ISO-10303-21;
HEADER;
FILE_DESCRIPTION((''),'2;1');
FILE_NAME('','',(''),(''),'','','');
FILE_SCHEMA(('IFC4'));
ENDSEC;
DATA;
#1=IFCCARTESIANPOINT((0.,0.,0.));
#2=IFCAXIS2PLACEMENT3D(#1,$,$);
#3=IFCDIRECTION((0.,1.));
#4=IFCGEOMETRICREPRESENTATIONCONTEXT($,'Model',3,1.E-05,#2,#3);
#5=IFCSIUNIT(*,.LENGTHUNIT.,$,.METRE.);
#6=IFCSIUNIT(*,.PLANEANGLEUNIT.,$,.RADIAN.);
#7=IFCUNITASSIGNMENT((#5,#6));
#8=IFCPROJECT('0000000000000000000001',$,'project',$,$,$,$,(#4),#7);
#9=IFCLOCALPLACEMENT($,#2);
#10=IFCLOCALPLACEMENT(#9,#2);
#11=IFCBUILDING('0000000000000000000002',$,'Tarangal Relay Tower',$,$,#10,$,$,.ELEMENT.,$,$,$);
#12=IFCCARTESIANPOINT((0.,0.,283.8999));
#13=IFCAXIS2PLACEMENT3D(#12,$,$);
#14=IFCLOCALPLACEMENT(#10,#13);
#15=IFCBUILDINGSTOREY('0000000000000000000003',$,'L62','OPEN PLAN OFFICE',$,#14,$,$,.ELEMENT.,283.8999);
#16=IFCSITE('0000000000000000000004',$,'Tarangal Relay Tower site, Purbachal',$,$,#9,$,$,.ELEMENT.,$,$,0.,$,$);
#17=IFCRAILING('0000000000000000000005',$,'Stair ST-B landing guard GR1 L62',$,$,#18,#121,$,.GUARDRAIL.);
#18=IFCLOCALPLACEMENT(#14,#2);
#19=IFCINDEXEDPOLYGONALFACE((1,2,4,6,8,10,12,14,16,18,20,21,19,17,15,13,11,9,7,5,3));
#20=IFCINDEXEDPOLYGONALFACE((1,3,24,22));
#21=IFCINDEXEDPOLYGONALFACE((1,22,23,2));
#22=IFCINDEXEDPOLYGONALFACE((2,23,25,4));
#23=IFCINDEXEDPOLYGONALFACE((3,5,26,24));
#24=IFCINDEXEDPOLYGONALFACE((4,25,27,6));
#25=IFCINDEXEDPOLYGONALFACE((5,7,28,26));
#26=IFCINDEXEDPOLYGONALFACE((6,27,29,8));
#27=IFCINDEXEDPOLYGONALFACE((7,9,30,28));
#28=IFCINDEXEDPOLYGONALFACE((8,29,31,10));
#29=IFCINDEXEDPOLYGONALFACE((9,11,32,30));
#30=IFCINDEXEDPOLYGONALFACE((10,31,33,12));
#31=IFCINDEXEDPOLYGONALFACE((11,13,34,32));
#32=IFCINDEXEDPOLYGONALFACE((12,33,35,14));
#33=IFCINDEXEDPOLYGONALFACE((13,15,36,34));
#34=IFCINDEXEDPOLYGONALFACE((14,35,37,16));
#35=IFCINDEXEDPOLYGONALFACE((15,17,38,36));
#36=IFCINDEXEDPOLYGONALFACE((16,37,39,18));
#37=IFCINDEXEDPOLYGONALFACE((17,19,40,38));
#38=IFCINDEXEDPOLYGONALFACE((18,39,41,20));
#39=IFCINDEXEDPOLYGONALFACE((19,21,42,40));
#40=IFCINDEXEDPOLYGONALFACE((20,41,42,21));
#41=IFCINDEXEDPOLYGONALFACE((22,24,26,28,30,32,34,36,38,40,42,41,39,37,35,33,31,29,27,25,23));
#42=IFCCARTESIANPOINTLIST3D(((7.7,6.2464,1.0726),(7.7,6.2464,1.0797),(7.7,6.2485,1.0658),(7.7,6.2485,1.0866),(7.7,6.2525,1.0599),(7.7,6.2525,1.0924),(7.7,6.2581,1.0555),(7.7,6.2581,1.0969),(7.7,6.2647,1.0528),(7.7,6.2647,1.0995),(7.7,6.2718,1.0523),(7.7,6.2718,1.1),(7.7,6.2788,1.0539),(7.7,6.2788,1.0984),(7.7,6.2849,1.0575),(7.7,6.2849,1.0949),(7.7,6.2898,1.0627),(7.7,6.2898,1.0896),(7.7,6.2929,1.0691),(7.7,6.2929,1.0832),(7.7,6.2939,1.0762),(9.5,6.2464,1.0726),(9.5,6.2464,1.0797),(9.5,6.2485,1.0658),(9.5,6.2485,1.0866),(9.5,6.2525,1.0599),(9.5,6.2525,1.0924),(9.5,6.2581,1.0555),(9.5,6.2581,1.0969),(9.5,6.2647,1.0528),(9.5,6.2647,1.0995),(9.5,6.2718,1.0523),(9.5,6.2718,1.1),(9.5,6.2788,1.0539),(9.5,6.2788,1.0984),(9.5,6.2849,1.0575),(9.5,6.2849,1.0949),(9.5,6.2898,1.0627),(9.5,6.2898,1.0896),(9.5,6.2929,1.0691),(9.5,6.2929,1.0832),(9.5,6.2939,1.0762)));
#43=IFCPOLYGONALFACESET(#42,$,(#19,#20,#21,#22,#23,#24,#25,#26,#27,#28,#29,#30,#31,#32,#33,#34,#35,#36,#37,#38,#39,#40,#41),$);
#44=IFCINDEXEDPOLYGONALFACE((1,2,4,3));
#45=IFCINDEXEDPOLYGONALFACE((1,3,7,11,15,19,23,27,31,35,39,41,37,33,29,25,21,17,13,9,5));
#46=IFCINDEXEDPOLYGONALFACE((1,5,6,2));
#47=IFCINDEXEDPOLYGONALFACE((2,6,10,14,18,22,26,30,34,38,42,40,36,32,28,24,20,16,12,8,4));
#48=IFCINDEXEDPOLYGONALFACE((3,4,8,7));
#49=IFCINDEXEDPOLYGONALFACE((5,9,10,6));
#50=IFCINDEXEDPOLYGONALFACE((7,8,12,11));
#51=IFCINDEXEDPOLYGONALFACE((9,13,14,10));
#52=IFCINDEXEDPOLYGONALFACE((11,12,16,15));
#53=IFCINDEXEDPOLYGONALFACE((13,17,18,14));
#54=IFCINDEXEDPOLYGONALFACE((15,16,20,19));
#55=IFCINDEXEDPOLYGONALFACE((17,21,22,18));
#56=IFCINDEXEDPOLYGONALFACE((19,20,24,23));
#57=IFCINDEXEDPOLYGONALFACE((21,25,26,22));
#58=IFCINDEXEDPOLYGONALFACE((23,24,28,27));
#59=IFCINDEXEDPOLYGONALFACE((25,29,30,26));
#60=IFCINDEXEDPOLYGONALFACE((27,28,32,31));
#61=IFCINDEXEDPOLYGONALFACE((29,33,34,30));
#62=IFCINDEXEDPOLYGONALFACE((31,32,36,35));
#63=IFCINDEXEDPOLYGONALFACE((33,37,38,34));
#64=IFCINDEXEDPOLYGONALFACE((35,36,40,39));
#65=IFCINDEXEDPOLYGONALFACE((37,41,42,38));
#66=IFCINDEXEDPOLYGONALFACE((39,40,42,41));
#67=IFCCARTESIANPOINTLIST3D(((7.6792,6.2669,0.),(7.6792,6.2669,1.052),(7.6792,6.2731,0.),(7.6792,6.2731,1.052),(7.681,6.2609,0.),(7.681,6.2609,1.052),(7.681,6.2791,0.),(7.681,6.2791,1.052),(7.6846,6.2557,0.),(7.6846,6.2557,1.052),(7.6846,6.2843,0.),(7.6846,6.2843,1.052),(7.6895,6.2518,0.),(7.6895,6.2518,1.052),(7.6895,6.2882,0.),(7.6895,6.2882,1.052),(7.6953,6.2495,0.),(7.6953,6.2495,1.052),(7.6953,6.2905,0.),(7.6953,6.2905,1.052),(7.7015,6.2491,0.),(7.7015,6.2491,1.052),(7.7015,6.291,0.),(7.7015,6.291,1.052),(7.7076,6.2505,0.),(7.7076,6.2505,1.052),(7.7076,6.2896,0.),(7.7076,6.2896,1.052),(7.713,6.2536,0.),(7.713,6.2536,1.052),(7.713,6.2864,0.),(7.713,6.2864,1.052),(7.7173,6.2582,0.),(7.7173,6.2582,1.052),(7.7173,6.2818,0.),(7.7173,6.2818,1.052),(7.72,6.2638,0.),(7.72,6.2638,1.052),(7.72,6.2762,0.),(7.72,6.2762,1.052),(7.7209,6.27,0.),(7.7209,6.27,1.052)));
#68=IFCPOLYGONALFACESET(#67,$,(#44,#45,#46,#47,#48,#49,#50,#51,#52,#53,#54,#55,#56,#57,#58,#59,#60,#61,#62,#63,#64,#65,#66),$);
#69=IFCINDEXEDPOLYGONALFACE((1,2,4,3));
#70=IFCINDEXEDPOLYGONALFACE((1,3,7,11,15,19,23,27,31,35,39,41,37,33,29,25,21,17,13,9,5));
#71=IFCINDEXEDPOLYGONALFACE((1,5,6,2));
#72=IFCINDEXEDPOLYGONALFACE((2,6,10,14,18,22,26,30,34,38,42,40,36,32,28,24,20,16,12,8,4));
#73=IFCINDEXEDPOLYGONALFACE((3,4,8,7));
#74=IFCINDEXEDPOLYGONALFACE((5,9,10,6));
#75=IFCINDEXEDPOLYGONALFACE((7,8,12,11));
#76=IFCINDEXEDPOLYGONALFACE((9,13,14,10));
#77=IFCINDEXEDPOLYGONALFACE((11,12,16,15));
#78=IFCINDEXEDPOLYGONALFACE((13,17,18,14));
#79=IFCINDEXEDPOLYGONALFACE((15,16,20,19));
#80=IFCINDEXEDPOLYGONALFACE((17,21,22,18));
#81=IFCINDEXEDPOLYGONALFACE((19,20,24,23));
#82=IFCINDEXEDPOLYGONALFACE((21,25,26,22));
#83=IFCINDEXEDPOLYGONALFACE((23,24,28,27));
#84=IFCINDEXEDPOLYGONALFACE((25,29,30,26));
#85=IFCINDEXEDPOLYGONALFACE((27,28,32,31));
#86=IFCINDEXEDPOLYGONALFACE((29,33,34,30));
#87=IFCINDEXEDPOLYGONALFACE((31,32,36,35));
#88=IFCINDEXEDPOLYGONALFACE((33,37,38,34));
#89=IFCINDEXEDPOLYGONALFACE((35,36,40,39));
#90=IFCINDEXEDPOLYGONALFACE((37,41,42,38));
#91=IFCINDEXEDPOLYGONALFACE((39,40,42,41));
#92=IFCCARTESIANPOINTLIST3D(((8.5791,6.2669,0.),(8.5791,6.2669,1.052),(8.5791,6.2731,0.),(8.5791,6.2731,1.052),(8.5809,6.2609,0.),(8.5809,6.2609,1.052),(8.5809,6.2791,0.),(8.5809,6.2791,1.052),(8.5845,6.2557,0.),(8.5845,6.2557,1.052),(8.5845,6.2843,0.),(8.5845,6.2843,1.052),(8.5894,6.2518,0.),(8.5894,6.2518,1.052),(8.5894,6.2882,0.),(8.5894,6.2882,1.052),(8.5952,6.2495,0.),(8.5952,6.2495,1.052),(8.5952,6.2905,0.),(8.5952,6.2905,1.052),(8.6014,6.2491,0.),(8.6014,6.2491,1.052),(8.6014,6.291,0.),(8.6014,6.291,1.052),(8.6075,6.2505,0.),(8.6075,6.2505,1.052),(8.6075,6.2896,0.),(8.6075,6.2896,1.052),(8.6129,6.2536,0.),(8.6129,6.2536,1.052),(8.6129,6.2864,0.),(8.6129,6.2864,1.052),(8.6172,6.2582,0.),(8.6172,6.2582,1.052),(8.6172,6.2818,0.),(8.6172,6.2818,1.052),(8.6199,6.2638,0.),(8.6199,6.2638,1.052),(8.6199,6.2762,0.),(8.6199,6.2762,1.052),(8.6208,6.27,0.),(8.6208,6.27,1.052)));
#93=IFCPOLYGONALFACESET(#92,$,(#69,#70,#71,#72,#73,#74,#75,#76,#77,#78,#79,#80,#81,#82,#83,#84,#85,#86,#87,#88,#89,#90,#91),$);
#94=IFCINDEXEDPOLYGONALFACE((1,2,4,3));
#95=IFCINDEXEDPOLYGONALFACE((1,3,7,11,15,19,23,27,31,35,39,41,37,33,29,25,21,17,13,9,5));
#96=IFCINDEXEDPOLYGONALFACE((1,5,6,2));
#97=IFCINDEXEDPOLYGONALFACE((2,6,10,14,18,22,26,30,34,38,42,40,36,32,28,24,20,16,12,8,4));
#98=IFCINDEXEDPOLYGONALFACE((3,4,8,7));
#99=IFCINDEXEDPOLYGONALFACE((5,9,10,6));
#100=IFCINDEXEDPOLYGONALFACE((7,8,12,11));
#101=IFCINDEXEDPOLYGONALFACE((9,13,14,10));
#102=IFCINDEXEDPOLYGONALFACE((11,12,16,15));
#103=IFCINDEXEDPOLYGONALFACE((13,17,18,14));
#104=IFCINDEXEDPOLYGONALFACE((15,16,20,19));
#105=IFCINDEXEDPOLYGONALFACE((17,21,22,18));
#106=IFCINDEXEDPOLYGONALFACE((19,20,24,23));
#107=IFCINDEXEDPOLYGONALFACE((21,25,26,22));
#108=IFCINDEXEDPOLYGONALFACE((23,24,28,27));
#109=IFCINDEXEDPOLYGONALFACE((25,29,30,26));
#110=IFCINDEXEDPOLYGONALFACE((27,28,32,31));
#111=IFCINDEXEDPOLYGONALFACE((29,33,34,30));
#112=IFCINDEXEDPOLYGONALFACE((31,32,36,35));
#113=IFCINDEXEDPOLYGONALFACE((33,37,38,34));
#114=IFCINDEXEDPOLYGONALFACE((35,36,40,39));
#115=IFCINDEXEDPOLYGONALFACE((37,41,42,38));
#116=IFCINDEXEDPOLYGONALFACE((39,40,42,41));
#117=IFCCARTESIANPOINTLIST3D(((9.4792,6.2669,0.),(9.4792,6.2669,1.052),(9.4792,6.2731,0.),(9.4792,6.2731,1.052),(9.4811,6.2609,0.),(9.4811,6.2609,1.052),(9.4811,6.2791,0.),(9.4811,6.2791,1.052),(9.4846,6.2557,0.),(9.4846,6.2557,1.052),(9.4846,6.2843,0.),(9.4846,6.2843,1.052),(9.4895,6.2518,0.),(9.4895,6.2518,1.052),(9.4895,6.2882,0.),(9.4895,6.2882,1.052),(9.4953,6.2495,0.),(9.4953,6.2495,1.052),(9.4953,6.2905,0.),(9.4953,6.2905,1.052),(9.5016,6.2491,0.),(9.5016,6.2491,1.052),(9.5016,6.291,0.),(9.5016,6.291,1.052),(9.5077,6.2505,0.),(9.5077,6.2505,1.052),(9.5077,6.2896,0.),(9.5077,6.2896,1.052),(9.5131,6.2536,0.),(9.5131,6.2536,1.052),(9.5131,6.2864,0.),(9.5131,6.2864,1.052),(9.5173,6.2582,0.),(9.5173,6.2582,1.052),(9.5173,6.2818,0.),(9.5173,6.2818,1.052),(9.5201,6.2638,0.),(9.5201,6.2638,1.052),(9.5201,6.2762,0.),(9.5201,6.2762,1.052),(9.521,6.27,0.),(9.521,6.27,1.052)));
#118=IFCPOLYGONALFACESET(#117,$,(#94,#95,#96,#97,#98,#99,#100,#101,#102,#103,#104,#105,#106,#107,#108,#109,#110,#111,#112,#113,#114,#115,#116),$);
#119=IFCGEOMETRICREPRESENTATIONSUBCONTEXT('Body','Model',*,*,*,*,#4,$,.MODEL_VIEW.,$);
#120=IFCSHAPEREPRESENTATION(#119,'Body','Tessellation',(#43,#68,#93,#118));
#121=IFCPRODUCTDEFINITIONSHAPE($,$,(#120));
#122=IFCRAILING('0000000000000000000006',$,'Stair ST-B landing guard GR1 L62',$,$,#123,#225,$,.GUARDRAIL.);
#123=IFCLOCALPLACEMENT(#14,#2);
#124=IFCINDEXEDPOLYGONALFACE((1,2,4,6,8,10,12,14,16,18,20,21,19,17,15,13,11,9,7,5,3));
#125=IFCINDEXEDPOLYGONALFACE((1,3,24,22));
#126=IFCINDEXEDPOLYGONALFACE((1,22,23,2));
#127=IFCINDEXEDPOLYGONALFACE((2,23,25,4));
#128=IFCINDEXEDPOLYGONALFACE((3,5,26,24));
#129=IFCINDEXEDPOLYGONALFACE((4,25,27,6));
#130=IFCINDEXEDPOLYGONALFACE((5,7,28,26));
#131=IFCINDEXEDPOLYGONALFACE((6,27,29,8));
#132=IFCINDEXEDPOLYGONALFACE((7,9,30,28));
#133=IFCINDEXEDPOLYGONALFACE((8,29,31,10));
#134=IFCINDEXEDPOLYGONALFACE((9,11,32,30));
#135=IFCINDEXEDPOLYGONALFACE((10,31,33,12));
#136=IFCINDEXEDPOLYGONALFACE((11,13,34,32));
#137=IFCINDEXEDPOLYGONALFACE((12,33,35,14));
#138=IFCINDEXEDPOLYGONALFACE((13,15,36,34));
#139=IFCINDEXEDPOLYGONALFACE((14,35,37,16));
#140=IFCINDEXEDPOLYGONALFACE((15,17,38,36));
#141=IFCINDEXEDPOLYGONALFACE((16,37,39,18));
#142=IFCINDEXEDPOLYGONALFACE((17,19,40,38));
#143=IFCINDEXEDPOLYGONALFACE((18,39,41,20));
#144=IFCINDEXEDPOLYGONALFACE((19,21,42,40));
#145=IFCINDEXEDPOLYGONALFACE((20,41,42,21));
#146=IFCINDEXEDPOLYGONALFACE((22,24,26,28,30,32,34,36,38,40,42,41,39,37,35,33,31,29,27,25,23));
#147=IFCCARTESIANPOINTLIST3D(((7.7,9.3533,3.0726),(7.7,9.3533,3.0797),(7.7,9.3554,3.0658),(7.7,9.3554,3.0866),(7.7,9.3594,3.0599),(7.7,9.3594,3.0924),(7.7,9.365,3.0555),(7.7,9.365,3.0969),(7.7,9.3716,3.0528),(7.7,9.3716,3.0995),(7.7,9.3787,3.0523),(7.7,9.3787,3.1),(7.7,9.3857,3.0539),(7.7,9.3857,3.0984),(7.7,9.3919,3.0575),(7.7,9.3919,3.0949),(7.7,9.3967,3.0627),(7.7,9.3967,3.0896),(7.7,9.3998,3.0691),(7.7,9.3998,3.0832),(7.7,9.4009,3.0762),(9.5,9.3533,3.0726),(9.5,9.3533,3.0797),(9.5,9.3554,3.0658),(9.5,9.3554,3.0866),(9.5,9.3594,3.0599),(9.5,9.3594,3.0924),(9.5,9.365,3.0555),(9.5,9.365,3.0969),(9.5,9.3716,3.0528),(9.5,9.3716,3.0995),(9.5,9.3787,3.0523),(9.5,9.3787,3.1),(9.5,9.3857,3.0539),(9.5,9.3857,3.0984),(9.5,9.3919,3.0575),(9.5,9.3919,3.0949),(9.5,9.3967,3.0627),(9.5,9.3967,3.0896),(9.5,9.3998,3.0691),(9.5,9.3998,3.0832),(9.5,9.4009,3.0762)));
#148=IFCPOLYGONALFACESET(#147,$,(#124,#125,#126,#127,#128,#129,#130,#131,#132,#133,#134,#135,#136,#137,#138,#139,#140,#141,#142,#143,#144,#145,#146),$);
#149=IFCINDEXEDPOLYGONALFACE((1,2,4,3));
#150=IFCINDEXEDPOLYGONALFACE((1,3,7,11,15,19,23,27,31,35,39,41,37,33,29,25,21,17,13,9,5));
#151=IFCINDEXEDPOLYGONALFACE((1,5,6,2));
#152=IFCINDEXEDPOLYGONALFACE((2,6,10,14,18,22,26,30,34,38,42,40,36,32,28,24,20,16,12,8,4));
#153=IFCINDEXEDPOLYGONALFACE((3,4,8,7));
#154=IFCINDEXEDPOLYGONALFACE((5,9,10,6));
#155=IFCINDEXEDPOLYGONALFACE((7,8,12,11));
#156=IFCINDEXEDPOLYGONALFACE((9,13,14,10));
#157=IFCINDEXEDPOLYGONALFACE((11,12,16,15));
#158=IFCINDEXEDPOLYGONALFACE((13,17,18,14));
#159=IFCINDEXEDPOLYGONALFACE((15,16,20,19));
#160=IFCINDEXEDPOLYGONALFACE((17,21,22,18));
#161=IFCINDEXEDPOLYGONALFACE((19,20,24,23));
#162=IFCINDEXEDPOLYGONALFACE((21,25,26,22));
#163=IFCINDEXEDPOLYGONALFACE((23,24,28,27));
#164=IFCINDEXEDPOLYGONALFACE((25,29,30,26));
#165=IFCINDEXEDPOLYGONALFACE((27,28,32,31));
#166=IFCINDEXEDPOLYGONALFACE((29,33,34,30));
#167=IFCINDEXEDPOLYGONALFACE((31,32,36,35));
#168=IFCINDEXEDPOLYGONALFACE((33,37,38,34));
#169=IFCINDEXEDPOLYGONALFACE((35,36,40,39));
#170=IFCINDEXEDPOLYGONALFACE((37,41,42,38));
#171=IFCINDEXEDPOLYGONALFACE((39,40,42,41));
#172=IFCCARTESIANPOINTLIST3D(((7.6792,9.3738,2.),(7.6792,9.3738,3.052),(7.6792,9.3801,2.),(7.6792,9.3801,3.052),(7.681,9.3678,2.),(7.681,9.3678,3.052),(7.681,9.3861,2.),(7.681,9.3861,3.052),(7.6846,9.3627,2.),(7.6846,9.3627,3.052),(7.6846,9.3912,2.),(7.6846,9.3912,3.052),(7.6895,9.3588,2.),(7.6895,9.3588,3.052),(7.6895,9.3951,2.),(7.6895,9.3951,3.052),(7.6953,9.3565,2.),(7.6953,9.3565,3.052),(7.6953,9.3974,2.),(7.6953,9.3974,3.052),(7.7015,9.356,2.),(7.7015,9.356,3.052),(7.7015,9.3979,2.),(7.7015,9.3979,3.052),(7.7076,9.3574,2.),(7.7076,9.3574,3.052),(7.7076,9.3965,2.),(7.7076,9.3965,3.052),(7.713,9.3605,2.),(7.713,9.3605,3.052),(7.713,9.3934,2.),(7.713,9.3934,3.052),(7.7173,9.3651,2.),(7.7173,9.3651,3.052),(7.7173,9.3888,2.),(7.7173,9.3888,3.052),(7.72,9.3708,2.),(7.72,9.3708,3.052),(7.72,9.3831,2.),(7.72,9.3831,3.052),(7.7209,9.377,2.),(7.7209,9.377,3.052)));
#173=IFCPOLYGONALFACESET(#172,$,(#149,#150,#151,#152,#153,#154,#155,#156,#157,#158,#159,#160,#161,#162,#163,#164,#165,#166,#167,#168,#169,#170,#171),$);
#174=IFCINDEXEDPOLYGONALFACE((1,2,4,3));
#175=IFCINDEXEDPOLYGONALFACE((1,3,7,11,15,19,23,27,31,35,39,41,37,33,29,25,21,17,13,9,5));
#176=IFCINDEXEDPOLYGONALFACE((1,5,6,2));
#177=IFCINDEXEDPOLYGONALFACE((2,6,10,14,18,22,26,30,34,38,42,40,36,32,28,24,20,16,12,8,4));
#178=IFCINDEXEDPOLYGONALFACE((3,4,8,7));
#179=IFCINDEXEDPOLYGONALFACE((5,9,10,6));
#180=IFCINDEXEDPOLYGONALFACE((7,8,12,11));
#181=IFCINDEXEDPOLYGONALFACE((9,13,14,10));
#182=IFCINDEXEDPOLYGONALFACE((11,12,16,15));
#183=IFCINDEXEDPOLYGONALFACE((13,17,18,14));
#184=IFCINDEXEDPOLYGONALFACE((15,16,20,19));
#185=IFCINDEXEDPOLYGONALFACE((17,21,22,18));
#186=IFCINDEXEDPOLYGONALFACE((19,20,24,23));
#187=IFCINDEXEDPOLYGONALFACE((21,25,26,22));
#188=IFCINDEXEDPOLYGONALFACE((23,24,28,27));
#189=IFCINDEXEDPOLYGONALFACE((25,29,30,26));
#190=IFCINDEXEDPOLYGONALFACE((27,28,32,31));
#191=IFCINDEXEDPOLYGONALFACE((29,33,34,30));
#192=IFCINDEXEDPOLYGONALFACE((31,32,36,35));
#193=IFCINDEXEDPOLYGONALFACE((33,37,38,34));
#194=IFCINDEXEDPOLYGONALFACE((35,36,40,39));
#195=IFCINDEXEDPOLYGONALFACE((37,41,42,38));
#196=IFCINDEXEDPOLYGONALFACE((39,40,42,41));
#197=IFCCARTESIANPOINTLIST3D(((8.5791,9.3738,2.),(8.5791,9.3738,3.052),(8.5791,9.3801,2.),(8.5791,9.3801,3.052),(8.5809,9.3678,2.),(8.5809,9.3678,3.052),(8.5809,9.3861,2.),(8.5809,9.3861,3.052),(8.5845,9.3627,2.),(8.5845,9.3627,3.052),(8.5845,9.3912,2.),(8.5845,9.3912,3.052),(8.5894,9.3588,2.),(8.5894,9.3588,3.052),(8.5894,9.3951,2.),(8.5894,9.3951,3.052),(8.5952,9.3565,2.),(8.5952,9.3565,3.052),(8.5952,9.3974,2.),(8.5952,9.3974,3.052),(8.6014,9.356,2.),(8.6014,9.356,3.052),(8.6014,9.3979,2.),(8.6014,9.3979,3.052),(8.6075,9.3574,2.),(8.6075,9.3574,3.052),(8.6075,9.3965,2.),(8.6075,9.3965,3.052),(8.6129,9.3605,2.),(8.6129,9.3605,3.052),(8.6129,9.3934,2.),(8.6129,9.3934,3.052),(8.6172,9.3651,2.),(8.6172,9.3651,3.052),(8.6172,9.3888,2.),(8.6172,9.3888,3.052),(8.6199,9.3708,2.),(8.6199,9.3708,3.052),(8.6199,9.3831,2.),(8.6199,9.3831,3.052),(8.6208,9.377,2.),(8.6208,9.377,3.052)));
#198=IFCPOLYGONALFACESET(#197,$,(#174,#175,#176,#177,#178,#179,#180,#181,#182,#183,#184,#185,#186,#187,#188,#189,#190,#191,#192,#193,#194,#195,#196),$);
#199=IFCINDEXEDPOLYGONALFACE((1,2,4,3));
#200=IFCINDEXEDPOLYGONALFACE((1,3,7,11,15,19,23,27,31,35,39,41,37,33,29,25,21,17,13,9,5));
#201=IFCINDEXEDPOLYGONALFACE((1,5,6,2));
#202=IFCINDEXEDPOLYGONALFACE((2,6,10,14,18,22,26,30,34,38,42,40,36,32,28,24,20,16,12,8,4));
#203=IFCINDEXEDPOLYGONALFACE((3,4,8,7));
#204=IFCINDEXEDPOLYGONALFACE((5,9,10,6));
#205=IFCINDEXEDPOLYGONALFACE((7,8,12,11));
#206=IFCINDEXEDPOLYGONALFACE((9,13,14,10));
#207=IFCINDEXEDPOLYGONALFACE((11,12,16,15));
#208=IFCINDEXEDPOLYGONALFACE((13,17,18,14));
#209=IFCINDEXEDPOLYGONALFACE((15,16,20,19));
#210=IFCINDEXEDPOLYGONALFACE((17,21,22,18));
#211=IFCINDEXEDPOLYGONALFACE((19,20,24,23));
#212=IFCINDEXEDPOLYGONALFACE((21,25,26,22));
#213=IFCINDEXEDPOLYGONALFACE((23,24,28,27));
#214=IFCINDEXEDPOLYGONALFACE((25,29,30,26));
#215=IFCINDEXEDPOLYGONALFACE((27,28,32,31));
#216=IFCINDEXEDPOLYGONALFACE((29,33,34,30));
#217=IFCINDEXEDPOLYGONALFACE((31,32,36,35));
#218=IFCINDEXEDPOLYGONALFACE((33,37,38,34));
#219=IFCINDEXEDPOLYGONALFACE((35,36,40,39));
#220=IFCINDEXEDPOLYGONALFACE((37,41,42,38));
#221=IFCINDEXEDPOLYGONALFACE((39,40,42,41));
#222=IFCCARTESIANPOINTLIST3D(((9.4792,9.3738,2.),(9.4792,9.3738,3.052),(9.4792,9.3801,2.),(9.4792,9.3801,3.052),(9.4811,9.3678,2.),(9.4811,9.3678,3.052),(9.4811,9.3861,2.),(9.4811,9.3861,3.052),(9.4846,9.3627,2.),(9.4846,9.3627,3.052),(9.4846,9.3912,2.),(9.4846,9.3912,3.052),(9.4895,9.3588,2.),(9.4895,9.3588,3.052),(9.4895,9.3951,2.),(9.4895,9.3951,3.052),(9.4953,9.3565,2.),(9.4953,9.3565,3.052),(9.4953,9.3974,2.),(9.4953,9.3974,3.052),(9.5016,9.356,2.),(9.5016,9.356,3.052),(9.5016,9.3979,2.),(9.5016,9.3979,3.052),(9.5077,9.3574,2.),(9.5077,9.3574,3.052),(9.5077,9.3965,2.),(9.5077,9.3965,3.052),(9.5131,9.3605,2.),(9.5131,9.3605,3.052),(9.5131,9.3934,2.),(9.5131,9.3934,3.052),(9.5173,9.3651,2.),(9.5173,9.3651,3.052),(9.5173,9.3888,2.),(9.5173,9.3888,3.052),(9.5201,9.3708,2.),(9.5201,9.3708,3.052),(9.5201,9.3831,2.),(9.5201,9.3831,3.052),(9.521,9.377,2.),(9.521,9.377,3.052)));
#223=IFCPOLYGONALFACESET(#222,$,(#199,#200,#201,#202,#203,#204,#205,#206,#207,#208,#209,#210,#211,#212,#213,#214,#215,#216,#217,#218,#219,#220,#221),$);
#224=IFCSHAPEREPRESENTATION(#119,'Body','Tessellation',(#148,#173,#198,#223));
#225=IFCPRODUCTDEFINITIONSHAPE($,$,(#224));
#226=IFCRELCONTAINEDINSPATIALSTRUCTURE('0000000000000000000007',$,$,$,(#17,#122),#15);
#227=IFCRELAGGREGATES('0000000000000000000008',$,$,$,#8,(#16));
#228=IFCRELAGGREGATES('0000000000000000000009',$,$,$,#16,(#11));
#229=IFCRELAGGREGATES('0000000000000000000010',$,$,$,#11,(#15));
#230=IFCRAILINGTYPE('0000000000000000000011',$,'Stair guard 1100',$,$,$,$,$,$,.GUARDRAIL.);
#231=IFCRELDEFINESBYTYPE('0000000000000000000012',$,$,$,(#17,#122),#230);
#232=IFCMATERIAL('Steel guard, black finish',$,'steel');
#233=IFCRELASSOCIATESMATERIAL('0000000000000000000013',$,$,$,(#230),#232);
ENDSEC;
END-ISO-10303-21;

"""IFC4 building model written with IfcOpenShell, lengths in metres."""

from ifc_helpers import new_model, si_unit, direction, frame, origin, origin_2d, place, context, subcontext, project, spatial, circle, extrude, material, type_object, element, save


model = new_model("IFC4")

# Units and contexts
model_context = context("Model", 3, precision=1e-05, world=origin(), true_north=direction((0.0, 1.0)))
body_context = subcontext(model_context, "Body", "Model", "MODEL_VIEW")
ifc_project = project(units=[si_unit("LENGTHUNIT", "METRE"), si_unit("PLANEANGLEUNIT", "RADIAN")], contexts=[model_context])

# Site, building, storey
site_placement = place(None, origin())
site = spatial("IfcSite", under=ifc_project, at=site_placement, Name="Tarangal Relay Tower site, Purbachal", CompositionType="ELEMENT", RefElevation=0.0)
building_placement = place(site_placement, origin())
building = spatial("IfcBuilding", under=site, at=building_placement, Name="Tarangal Relay Tower", CompositionType="ELEMENT")
storey_placement = place(building_placement, frame((0.0, 0.0, 283.8999)))
storey = spatial("IfcBuildingStorey", under=building, at=storey_placement, Name="L62", Description="OPEN PLAN OFFICE", CompositionType="ELEMENT", Elevation=283.8999)

# Railings
ifc_material_1 = material(Name="Steel guard, black finish", Category="steel")
railing_type_1 = type_object("IfcRailingType", Name="Stair guard 1100", PredefinedType="GUARDRAIL", material=ifc_material_1)
for number, where, name in (
    (1, (7.7, 6.27, 0.0), "Stair ST-B landing guard GR1 L62"),
    (2, (7.7, 9.377, 2.0), "Stair ST-B landing guard GR1 L62"),
):
    element("IfcRailing", number, at=place(storey_placement, frame(where)), inside=storey, type_object=railing_type_1, Name=name, PredefinedType="GUARDRAIL", context=body_context, shape_type="SweptSolid", body=[
        extrude(circle(Radius=0.0239, at=origin_2d()), frame((0.0, 0.0, 1.0762), z_axis=(1.0, 0.0, 0.0), x_axis=(0.0, 1.0, 0.0)), (0.0, 0.0, 1.0), 1.8),
        extrude(circle(Radius=0.021, at=origin_2d()), origin(), (0.0, 0.0, 1.0), 1.052),
        extrude(circle(Radius=0.021, at=origin_2d()), frame((0.8999, 0.0, 0.0)), (0.0, 0.0, 1.0), 1.052),
        extrude(circle(Radius=0.021, at=origin_2d()), frame((1.8, 0.0, 0.0)), (0.0, 0.0, 1.0), 1.052),
    ])

save(model, "model.ifc")
